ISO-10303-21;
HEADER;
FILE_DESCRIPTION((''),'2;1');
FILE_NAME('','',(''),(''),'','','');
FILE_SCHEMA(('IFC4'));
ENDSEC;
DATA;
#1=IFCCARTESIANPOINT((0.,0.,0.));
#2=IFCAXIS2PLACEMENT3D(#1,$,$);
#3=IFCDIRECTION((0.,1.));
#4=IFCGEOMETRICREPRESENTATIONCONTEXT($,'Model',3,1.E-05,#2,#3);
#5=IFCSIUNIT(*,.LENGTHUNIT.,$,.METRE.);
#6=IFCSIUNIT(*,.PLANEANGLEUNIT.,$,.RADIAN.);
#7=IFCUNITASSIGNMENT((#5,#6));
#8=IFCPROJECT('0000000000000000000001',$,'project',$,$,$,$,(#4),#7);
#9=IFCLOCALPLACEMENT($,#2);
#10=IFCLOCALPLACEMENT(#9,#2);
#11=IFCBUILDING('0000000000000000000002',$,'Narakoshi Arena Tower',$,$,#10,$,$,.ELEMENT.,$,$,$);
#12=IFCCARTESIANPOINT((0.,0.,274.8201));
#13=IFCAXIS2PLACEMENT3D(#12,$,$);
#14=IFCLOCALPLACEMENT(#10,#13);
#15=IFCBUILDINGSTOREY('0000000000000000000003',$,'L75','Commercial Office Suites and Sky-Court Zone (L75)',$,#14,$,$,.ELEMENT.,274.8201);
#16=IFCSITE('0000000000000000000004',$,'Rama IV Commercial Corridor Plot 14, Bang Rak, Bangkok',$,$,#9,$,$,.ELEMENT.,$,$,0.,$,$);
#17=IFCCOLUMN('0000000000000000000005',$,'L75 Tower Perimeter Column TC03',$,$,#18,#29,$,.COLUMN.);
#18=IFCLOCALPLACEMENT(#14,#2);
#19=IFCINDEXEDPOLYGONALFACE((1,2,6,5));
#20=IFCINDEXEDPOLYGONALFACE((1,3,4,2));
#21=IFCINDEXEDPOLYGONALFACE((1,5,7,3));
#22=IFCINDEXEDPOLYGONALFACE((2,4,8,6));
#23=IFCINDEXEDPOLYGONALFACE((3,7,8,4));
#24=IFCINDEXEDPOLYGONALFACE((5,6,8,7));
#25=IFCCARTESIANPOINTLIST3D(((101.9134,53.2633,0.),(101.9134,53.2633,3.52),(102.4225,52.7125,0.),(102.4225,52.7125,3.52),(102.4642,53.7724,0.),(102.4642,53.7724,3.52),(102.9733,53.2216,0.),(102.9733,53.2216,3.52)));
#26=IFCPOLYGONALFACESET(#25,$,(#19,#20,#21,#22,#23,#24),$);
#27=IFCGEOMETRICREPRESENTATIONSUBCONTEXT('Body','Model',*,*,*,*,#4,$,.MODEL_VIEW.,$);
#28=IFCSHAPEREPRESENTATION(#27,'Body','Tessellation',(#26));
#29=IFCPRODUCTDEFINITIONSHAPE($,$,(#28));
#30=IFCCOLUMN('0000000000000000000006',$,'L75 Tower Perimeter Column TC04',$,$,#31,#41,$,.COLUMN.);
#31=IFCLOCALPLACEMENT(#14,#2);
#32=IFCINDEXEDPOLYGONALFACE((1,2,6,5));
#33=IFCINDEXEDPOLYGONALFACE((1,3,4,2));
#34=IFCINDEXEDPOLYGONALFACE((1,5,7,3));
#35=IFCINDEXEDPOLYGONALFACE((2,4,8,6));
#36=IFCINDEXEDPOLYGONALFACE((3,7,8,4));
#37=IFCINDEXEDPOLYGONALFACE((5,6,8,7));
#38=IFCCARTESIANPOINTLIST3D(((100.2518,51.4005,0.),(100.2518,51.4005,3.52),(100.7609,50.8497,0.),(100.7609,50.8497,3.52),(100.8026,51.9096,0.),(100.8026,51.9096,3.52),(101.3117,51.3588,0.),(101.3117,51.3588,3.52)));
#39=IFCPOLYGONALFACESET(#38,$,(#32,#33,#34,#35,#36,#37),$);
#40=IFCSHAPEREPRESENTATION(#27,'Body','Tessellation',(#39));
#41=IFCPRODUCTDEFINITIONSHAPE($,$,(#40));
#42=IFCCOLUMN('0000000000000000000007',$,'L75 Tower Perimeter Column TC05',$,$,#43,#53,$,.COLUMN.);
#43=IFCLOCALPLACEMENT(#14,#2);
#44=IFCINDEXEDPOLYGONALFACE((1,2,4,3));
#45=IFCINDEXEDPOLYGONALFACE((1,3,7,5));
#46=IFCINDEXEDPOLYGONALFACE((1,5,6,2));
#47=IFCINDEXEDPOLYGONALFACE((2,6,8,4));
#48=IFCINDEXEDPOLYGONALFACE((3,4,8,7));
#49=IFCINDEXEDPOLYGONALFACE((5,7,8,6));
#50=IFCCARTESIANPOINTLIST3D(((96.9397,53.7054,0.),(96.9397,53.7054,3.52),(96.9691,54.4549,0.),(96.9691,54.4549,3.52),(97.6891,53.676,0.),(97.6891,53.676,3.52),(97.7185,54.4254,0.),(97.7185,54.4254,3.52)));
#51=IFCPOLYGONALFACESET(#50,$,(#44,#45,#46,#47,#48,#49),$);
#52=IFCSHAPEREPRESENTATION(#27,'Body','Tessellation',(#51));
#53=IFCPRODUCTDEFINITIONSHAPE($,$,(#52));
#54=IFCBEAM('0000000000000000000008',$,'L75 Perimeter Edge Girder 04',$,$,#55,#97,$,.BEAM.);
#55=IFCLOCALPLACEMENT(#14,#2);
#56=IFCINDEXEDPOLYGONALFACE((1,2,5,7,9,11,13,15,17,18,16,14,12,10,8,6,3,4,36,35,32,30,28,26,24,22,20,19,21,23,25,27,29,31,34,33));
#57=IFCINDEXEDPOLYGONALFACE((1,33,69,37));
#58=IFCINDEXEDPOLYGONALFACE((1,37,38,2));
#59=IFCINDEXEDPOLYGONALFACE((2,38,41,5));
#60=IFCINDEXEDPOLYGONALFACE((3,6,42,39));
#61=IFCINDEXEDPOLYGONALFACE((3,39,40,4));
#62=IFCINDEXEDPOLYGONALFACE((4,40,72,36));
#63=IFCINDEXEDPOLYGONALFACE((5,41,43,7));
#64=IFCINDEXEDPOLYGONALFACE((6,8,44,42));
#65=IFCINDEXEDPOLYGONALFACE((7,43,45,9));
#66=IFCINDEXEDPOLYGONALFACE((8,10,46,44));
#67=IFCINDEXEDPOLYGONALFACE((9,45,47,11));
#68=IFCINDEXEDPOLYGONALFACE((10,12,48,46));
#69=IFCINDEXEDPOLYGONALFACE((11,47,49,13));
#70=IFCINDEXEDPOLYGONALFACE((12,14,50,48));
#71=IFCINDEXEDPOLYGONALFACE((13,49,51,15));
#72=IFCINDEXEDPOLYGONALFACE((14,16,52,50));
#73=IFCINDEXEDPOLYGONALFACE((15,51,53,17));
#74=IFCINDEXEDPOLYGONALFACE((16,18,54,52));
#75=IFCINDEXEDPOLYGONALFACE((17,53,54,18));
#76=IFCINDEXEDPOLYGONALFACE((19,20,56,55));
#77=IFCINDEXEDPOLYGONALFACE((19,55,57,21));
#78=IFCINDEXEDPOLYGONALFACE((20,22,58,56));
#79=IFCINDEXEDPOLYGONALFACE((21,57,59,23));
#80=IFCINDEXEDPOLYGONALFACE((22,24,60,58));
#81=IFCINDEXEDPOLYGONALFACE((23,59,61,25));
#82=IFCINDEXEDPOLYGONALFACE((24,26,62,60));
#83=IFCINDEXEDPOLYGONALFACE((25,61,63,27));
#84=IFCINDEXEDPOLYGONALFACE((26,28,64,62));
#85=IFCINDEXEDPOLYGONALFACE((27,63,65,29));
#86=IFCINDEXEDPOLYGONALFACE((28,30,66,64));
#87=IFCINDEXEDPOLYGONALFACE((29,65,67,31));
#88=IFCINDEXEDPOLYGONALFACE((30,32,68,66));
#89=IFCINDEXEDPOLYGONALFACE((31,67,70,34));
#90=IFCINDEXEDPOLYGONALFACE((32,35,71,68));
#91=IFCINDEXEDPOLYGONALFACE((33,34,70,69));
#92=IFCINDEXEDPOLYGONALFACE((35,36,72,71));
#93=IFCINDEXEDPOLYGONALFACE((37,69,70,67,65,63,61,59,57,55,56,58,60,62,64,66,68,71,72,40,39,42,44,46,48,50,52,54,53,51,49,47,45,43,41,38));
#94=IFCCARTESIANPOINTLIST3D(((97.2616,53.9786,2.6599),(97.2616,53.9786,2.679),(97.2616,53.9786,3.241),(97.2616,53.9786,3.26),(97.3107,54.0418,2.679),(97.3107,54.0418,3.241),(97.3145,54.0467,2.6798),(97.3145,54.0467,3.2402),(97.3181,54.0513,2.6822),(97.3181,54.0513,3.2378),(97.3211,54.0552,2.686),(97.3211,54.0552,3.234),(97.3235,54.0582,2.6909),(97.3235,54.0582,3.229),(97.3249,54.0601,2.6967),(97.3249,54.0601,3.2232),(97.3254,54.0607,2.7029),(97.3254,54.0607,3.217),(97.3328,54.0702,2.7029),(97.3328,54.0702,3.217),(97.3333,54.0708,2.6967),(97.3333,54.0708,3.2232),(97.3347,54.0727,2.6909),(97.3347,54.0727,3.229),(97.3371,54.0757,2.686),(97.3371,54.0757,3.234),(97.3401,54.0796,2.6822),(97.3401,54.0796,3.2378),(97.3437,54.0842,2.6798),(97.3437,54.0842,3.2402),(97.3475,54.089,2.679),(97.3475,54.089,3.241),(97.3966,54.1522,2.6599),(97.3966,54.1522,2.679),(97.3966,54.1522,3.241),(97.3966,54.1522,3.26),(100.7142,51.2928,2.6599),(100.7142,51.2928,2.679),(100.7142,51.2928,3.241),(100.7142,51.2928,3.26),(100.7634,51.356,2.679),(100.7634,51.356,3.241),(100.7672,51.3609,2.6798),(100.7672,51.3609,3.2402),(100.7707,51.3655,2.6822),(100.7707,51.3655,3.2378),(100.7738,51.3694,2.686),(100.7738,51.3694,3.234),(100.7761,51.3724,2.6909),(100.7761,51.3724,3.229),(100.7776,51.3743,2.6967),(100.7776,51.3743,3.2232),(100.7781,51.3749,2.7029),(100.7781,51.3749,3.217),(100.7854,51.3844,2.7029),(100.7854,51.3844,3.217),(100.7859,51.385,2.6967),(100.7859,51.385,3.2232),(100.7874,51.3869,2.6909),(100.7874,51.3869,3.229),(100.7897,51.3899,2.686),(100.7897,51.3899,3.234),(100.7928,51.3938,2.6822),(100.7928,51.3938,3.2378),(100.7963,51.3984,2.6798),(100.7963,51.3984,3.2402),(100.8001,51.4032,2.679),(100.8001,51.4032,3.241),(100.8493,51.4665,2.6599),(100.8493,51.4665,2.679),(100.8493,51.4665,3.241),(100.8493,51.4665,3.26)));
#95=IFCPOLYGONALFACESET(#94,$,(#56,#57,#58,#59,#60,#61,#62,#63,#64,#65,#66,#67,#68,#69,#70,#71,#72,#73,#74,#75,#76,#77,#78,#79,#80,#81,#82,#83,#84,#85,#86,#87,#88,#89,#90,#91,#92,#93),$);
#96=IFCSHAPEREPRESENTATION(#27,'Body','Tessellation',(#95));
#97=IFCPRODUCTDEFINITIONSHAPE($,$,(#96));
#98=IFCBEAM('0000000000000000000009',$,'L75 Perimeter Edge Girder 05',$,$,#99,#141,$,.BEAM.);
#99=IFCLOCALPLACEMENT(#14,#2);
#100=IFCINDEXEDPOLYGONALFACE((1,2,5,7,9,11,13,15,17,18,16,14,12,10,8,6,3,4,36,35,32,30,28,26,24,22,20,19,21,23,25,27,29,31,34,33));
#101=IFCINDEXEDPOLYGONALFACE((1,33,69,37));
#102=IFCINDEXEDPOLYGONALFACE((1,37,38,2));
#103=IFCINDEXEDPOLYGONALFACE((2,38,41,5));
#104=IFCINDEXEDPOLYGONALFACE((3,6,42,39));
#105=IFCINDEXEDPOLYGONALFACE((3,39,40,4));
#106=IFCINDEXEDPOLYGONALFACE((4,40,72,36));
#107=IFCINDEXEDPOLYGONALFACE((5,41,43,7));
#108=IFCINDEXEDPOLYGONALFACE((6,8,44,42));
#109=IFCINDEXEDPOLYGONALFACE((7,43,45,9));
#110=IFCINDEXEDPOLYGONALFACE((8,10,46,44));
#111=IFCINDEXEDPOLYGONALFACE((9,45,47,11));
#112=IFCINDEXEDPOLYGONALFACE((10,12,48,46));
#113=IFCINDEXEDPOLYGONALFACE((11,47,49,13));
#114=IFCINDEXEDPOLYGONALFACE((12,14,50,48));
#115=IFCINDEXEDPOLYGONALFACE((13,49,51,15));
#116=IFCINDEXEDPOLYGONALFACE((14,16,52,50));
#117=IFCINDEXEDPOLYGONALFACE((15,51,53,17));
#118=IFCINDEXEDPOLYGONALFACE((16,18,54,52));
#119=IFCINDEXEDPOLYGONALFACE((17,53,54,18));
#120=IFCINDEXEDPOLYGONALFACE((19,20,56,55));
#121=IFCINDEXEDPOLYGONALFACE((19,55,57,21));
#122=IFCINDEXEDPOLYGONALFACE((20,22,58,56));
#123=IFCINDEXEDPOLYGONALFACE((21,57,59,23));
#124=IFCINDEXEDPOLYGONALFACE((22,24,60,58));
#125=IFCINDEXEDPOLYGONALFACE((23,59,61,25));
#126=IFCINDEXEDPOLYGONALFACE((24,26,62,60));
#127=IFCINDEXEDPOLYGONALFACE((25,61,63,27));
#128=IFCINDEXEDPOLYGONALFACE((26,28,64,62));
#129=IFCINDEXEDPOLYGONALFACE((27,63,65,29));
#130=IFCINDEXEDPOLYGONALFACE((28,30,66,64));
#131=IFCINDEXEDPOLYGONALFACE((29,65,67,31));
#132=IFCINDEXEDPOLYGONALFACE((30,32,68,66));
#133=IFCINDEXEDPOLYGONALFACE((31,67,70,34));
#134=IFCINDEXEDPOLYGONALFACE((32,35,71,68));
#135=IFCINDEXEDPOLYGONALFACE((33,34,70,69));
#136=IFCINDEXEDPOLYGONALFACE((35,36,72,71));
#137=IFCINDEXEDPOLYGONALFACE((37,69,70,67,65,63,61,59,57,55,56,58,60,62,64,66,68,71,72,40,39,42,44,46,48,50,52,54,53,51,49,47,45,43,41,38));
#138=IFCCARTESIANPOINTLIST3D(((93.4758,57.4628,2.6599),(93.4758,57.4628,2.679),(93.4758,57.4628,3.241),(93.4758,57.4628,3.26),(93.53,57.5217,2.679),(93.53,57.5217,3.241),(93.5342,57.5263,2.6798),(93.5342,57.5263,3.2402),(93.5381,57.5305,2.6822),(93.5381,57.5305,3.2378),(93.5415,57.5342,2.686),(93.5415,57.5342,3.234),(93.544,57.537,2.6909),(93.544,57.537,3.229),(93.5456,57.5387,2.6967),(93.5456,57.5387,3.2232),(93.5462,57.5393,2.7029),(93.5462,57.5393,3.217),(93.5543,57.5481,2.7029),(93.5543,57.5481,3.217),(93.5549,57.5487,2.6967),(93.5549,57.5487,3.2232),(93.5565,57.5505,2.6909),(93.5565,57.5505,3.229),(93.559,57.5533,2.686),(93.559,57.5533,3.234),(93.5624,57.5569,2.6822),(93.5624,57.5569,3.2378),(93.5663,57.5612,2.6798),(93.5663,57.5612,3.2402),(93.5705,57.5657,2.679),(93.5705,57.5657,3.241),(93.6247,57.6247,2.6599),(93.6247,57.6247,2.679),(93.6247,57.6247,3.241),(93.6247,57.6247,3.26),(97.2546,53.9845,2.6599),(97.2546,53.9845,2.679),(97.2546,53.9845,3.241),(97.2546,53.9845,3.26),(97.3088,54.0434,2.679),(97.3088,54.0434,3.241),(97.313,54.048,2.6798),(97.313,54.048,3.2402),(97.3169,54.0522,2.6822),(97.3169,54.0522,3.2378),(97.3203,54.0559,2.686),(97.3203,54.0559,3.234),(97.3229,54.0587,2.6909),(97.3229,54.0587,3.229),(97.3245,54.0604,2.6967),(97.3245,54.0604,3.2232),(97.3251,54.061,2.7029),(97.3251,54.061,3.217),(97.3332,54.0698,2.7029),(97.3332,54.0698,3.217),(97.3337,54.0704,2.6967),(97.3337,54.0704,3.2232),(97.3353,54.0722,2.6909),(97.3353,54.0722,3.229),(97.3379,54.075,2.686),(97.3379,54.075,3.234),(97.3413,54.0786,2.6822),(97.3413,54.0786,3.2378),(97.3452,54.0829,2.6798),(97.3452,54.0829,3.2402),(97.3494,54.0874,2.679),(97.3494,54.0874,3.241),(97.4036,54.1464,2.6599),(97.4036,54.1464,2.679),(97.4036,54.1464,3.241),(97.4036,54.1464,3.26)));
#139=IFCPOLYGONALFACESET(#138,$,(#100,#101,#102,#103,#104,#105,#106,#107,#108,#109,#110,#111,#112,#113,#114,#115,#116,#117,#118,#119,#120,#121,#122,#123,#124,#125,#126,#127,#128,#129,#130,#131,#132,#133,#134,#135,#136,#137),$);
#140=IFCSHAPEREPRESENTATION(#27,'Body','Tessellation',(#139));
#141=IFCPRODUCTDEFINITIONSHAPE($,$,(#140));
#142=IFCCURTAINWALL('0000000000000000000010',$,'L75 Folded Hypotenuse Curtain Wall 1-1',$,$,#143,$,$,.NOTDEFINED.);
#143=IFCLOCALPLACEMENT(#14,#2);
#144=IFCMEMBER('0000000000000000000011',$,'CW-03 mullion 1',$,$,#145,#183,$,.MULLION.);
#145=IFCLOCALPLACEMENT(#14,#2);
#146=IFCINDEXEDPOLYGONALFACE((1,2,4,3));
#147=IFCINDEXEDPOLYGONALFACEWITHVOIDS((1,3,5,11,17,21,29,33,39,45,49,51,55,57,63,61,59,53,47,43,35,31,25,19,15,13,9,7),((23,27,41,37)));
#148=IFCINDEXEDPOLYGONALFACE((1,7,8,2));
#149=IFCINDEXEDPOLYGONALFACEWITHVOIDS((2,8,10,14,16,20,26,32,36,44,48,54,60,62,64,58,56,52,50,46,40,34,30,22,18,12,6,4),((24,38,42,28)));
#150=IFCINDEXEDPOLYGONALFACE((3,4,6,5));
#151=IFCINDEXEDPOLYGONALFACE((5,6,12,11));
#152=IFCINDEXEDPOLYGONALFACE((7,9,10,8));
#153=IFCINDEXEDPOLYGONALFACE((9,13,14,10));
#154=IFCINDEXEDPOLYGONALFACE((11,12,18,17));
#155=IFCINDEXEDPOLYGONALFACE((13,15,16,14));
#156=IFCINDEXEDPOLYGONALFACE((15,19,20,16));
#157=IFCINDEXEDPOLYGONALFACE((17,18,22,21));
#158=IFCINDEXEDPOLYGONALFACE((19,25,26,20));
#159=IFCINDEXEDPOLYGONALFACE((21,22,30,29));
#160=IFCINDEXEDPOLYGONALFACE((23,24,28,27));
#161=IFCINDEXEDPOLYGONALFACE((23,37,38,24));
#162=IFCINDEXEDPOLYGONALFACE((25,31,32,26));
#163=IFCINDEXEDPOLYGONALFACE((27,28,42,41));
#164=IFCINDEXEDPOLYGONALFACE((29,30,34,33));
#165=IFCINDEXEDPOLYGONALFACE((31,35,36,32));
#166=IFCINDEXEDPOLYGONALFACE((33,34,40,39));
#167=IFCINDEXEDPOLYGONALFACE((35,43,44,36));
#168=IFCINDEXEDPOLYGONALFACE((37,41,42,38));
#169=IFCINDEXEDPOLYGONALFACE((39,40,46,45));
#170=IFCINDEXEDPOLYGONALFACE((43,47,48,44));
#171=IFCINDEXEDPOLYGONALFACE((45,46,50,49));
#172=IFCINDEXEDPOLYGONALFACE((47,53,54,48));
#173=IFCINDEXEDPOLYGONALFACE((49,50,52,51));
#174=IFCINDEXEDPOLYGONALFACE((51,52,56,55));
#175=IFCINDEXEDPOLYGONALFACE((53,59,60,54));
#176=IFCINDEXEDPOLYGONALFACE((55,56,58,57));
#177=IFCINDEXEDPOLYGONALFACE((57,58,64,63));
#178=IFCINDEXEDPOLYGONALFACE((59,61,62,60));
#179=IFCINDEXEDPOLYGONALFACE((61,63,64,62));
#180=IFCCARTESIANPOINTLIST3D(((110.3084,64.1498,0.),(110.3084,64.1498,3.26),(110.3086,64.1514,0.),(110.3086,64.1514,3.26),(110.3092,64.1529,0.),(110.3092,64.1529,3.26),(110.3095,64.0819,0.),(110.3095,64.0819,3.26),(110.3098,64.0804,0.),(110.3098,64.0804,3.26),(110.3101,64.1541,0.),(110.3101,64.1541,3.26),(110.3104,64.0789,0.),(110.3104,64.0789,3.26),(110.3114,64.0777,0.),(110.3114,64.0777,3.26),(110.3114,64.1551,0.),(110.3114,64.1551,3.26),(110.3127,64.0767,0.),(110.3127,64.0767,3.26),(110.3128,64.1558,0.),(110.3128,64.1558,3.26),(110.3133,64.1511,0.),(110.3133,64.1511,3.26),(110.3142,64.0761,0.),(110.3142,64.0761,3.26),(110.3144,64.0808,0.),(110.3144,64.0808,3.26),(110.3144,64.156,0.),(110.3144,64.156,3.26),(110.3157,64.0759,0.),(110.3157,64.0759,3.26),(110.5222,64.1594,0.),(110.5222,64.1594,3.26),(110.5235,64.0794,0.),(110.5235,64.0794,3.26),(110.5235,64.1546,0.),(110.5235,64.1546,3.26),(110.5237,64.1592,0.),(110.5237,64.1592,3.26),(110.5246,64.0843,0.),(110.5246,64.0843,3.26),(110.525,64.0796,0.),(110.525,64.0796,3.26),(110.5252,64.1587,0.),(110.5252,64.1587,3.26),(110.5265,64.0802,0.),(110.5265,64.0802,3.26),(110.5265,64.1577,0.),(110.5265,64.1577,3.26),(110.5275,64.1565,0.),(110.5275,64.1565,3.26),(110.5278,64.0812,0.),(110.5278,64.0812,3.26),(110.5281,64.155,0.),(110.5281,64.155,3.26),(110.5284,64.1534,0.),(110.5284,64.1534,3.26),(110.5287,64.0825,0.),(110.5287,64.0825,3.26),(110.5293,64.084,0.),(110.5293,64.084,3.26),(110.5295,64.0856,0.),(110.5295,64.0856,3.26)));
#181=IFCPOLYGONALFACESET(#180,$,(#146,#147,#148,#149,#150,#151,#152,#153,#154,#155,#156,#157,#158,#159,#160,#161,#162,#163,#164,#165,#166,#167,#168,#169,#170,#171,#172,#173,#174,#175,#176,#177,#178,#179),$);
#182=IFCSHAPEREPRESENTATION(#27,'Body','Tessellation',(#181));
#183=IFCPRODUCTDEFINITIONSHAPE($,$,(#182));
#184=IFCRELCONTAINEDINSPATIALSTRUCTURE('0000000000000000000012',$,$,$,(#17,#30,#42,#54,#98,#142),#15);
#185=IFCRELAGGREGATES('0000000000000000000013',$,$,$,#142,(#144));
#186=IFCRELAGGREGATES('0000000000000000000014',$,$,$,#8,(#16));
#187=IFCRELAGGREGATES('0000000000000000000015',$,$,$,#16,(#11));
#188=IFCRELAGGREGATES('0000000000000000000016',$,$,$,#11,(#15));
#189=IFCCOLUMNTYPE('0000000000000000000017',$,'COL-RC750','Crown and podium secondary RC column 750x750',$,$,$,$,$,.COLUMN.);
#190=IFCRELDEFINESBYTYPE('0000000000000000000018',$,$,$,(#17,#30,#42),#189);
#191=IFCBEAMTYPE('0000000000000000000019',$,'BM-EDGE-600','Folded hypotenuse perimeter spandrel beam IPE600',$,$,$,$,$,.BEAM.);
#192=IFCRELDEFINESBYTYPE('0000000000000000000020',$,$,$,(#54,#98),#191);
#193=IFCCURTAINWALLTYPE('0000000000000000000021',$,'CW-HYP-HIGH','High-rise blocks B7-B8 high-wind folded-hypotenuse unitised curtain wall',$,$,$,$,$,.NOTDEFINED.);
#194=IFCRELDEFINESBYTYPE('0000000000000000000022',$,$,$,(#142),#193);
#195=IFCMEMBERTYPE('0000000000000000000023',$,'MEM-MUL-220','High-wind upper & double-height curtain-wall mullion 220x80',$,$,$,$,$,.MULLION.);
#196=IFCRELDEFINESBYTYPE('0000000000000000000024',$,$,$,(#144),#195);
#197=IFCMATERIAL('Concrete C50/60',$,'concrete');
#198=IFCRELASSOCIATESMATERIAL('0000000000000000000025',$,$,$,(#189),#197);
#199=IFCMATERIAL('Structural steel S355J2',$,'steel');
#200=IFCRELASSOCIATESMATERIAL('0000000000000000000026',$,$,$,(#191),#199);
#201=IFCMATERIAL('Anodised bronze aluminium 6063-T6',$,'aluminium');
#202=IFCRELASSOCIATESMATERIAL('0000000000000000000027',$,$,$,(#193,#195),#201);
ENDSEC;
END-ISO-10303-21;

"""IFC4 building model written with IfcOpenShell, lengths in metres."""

from ifc_helpers import new_model, si_unit, direction, frame, origin, origin_2d, place, context, subcontext, project, spatial, rectangle, hollow_rectangle, i_section, extrude, material, material_profile, profile_set, type_object, element, aggregate, save


model = new_model("IFC4")

# Units and contexts
model_context = context("Model", 3, precision=1e-05, world=origin(), true_north=direction((0.0, 1.0)))
body_context = subcontext(model_context, "Body", "Model", "MODEL_VIEW")
ifc_project = project(units=[si_unit("LENGTHUNIT", "METRE"), si_unit("PLANEANGLEUNIT", "RADIAN")], contexts=[model_context])

# Site, building, storey
site_placement = place(None, origin())
site = spatial("IfcSite", under=ifc_project, at=site_placement, Name="Rama IV Commercial Corridor Plot 14, Bang Rak, Bangkok", CompositionType="ELEMENT", RefElevation=0.0)
building_placement = place(site_placement, origin())
building = spatial("IfcBuilding", under=site, at=building_placement, Name="Narakoshi Arena Tower", CompositionType="ELEMENT")
storey_placement = place(building_placement, frame((0.0, 0.0, 274.8201)))
storey = spatial("IfcBuildingStorey", under=building, at=storey_placement, Name="L75", Description="Commercial Office Suites and Sky-Court Zone (L75)", CompositionType="ELEMENT", Elevation=274.8201)

# Columns
ifc_material_1 = material(Name="Concrete C50/60", Category="concrete")
ifc_material_profile_1 = material_profile(ifc_material_1, rectangle(XDim=0.75, YDim=0.75, at=origin_2d()), Name="RC750x750")
ifc_profile_set_1 = profile_set([ifc_material_profile_1], Name="Concrete C50/60")
column_type = type_object("IfcColumnType", Name="COL-RC750", Description="Crown and podium secondary RC column 750x750", PredefinedType="COLUMN", material=ifc_profile_set_1)
for number, where, z_axis, x_axis, name in (
    (1, (102.4434, 53.2424, 0.0), (0.0, 0.0, 1.0), (0.734323, 0.678801, 0.0), "L75 Tower Perimeter Column TC03"),
    (2, (100.7817, 51.3796, 0.0), (0.0, 0.0, 1.0), (0.734323, 0.678801, 0.0), "L75 Tower Perimeter Column TC04"),
    (3, (97.3291, 54.0654, 0.0), (0.0, 0.0, 1.0), (0.03926, 0.999229, 0.0), "L75 Tower Perimeter Column TC05"),
):
    element("IfcColumn", number, at=place(storey_placement, frame(where, z_axis=z_axis, x_axis=x_axis)), inside=storey, type_object=column_type, Name=name, PredefinedType="COLUMN", context=body_context, shape_type="SweptSolid", body=[
        extrude(rectangle(XDim=0.75, YDim=0.75, at=origin_2d()), origin(), (0.0, 0.0, 1.0), 3.52),
    ])

# Beams
ifc_material_2 = material(Name="Structural steel S355J2", Category="steel")
ifc_material_profile_2 = material_profile(ifc_material_2, i_section(OverallWidth=0.22, OverallDepth=0.6001, WebThickness=0.012, FlangeThickness=0.019, FilletRadius=0.0239, at=origin_2d()), Name="IPE600")
ifc_profile_set_2 = profile_set([ifc_material_profile_2], Name="Structural steel S355J2")
beam_type = type_object("IfcBeamType", Name="BM-EDGE-600", Description="Folded hypotenuse perimeter spandrel beam IPE600", PredefinedType="BEAM", material=ifc_profile_set_2)
beam_1_placement = place(storey_placement, frame((100.7817, 51.3796, 2.96), z_axis=(-0.789307, 0.613999, 0.0), x_axis=(-0.613999, -0.789307, 0.0)))
element("IfcBeam", 4, at=beam_1_placement, inside=storey, type_object=beam_type, Name="L75 Perimeter Edge Girder 04", PredefinedType="BEAM", context=body_context, shape_type="SweptSolid", body=[
    extrude(i_section(OverallWidth=0.22, OverallDepth=0.6001, WebThickness=0.012, FlangeThickness=0.019, FilletRadius=0.0239, at=origin_2d()), origin(), (0.0, 0.0, 1.0), 4.3743),
])
beam_2_placement = place(storey_placement, frame((97.3291, 54.0654, 2.96), z_axis=(-0.73576, 0.677243, 0.0), x_axis=(-0.677243, -0.73576, 0.0)))
element("IfcBeam", 5, at=beam_2_placement, inside=storey, type_object=beam_type, Name="L75 Perimeter Edge Girder 05", PredefinedType="BEAM", context=body_context, shape_type="SweptSolid", body=[
    extrude(i_section(OverallWidth=0.22, OverallDepth=0.6001, WebThickness=0.012, FlangeThickness=0.019, FilletRadius=0.0239, at=origin_2d()), origin(), (0.0, 0.0, 1.0), 5.136),
])

# Curtain wall, member
ifc_material_3 = material(Name="Anodised bronze aluminium 6063-T6", Category="aluminium")
curtain_wall_type = type_object("IfcCurtainWallType", Name="CW-HYP-HIGH", Description="High-rise blocks B7-B8 high-wind folded-hypotenuse unitised curtain wall", PredefinedType="NOTDEFINED", material=ifc_material_3)
curtain_wall_placement = place(storey_placement, origin())
curtain_wall = element("IfcCurtainWall", 6, at=curtain_wall_placement, inside=storey, type_object=curtain_wall_type, Name="L75 Folded Hypotenuse Curtain Wall 1-1", PredefinedType="NOTDEFINED")
ifc_material_profile_3 = material_profile(ifc_material_3, hollow_rectangle(XDim=0.0801, YDim=0.22, WallThickness=0.0049, OuterFilletRadius=0.0061, at=origin_2d()), Name="MUL220x80x5")
ifc_profile_set_3 = profile_set([ifc_material_profile_3], Name="Anodised bronze aluminium 6063-T6")
member_type_1 = type_object("IfcMemberType", Name="MEM-MUL-220", Description="High-wind upper & double-height curtain-wall mullion 220x80", PredefinedType="MULLION", material=ifc_profile_set_3)
member_1_placement = place(storey_placement, frame((110.4189, 64.1177, 0.0), z_axis=(0.0, 0.0, 1.0), x_axis=(0.016443, -0.999865, 0.0)))
member_1 = element("IfcMember", 7, at=member_1_placement, type_object=member_type_1, Name="CW-03 mullion 1", PredefinedType="MULLION", context=body_context, shape_type="SweptSolid", body=[
    extrude(hollow_rectangle(XDim=0.0801, YDim=0.22, WallThickness=0.0049, OuterFilletRadius=0.0061, at=origin_2d()), origin(), (0.0, 0.0, 1.0), 3.26),
])
aggregate(curtain_wall, [member_1])

save(model, "model.ifc")
